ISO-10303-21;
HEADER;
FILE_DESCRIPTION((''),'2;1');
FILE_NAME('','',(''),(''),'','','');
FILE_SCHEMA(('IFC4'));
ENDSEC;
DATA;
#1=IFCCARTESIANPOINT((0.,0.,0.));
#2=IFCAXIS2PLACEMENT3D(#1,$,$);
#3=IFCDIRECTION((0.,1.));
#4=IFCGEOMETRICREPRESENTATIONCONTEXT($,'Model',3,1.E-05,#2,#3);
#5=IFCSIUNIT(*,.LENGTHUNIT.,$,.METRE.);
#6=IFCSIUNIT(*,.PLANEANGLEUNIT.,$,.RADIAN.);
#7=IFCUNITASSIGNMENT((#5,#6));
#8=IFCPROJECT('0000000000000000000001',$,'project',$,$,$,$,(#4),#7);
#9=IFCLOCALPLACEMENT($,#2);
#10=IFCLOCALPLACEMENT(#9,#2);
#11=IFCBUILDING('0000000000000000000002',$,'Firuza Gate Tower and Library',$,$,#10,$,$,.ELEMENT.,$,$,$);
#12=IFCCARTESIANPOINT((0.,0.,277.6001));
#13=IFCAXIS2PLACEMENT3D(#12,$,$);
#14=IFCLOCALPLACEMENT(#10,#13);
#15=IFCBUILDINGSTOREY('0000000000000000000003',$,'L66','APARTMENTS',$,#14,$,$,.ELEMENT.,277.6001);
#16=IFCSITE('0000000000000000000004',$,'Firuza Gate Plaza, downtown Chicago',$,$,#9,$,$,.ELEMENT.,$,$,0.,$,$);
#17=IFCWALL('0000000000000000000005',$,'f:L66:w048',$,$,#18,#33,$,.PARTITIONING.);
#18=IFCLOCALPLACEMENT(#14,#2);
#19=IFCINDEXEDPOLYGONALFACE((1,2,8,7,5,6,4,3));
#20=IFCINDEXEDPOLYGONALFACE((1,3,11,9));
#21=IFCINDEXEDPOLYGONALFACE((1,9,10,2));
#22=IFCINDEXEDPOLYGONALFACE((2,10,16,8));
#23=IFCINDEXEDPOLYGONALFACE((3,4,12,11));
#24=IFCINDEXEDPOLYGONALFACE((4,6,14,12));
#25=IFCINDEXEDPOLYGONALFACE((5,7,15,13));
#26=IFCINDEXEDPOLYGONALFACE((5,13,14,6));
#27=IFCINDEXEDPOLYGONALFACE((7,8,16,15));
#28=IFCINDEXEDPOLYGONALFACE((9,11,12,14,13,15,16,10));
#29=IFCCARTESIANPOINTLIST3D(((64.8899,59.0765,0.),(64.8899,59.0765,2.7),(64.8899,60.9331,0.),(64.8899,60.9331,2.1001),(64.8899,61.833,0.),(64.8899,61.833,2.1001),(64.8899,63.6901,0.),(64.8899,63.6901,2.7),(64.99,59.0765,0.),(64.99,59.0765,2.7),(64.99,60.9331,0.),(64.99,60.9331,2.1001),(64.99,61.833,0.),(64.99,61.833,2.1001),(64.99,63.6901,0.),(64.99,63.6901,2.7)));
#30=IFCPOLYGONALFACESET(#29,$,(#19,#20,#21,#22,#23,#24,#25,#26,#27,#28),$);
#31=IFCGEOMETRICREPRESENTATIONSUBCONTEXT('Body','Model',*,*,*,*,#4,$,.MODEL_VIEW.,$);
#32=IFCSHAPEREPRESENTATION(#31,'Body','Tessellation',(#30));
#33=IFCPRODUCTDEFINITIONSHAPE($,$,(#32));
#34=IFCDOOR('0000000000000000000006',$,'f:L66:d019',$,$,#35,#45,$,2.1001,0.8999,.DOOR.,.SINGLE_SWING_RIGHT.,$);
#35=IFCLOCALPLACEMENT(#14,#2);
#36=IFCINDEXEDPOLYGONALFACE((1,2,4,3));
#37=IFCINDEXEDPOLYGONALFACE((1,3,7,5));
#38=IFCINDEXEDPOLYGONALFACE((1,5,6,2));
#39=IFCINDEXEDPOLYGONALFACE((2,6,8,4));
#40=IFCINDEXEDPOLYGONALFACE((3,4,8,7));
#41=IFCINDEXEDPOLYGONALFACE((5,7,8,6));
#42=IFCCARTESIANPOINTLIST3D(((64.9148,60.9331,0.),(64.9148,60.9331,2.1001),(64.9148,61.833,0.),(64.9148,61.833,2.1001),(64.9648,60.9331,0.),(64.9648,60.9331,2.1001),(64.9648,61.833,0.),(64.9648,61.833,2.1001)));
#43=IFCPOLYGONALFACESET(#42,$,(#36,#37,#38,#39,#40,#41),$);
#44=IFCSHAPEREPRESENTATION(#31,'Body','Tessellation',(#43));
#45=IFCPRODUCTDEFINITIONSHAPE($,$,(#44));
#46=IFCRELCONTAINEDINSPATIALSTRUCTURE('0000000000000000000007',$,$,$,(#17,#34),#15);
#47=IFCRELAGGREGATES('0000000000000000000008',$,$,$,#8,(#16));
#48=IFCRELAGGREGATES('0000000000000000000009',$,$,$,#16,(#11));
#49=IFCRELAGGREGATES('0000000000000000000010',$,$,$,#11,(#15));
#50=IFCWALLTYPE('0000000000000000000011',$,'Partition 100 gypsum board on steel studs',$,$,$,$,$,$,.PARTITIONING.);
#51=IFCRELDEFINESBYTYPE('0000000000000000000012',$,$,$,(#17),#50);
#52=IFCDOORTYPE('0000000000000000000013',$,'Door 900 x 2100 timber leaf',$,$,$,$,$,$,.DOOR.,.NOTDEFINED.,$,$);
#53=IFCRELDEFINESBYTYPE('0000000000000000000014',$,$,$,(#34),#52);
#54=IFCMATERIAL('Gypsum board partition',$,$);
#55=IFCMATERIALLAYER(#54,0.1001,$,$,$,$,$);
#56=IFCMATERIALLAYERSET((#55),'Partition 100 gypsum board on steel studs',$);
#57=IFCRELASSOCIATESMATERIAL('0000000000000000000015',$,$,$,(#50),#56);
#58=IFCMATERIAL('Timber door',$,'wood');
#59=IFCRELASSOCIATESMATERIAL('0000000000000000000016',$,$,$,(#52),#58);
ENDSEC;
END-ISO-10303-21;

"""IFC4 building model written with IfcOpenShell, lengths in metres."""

from ifc_helpers import new_model, si_unit, direction, frame, frame_2d, origin, place, context, subcontext, project, spatial, rectangle, extrude, material, layer, layer_set, type_object, element, fill, save


model = new_model("IFC4")

# Units and contexts
model_context = context("Model", 3, precision=1e-05, world=origin(), true_north=direction((0.0, 1.0)))
body_context = subcontext(model_context, "Body", "Model", "MODEL_VIEW")
ifc_project = project(units=[si_unit("LENGTHUNIT", "METRE"), si_unit("PLANEANGLEUNIT", "RADIAN")], contexts=[model_context])

# Site, building, storey
site_placement = place(None, origin())
site = spatial("IfcSite", under=ifc_project, at=site_placement, Name="Firuza Gate Plaza, downtown Chicago", CompositionType="ELEMENT", RefElevation=0.0)
building_placement = place(site_placement, origin())
building = spatial("IfcBuilding", under=site, at=building_placement, Name="Firuza Gate Tower and Library", CompositionType="ELEMENT")
storey_placement = place(building_placement, frame((0.0, 0.0, 277.6001)))
storey = spatial("IfcBuildingStorey", under=building, at=storey_placement, Name="L66", Description="APARTMENTS", CompositionType="ELEMENT", Elevation=277.6001)

# Shared definitions
ifc_material_1 = material(Name="Gypsum board partition")
ifc_layer_1 = layer(ifc_material_1, 0.1001)
ifc_layer_set_1 = layer_set([ifc_layer_1], Name="Partition 100 gypsum board on steel studs")
wall_type_1 = type_object("IfcWallType", Name="Partition 100 gypsum board on steel studs", PredefinedType="PARTITIONING", material=ifc_layer_set_1)

# Wall, opening, door
wall_1_placement = place(storey_placement, frame((64.9399, 63.6899, 0.0), z_axis=(0.0, 0.0, 1.0), x_axis=(0.0, -1.0, 0.0)))
wall_1 = element("IfcWall", 1, at=wall_1_placement, inside=storey, type_object=wall_type_1, Name="f:L66:w048", PredefinedType="PARTITIONING", context=body_context, shape_type="SweptSolid", body=[
    extrude(rectangle(XDim=4.6135, YDim=0.1001, at=frame_2d((2.3066, 0.0))), origin(), (0.0, 0.0, 1.0), 2.7),
])
opening_1_placement = place(wall_1_placement, frame((1.8569, 0.0, 0.0)))
opening_1 = element("IfcOpeningElement", 2, at=opening_1_placement, cuts=wall_1, PredefinedType="OPENING", context=body_context, shape_type="SweptSolid", body=[
    extrude(rectangle(XDim=0.8999, YDim=2.1001, at=frame_2d((0.45, 1.05))), frame((0.0, 0.0601, 0.0), z_axis=(0.0, -1.0, 0.0), x_axis=(1.0, 0.0, 0.0)), (0.0, 0.0, 1.0), 0.1201),
])
ifc_material_2 = material(Name="Timber door", Category="wood")
door_type_1 = type_object("IfcDoorType", Name="Door 900 x 2100 timber leaf", OperationType="NOTDEFINED", PredefinedType="DOOR", material=ifc_material_2)
door_1_placement = place(opening_1_placement, origin())
door_1 = element("IfcDoor", 3, at=door_1_placement, inside=storey, type_object=door_type_1, Name="f:L66:d019", OperationType="SINGLE_SWING_RIGHT", OverallHeight=2.1001, OverallWidth=0.8999, PredefinedType="DOOR", context=body_context, shape_type="SweptSolid", body=[
    extrude(rectangle(XDim=0.8999, YDim=2.1001, at=frame_2d((0.45, 1.05))), frame((0.0, 0.0249, 0.0), z_axis=(0.0, -1.0, 0.0), x_axis=(1.0, 0.0, 0.0)), (0.0, 0.0, 1.0), 0.05),
])
fill(opening_1, door_1)

save(model, "model.ifc")
